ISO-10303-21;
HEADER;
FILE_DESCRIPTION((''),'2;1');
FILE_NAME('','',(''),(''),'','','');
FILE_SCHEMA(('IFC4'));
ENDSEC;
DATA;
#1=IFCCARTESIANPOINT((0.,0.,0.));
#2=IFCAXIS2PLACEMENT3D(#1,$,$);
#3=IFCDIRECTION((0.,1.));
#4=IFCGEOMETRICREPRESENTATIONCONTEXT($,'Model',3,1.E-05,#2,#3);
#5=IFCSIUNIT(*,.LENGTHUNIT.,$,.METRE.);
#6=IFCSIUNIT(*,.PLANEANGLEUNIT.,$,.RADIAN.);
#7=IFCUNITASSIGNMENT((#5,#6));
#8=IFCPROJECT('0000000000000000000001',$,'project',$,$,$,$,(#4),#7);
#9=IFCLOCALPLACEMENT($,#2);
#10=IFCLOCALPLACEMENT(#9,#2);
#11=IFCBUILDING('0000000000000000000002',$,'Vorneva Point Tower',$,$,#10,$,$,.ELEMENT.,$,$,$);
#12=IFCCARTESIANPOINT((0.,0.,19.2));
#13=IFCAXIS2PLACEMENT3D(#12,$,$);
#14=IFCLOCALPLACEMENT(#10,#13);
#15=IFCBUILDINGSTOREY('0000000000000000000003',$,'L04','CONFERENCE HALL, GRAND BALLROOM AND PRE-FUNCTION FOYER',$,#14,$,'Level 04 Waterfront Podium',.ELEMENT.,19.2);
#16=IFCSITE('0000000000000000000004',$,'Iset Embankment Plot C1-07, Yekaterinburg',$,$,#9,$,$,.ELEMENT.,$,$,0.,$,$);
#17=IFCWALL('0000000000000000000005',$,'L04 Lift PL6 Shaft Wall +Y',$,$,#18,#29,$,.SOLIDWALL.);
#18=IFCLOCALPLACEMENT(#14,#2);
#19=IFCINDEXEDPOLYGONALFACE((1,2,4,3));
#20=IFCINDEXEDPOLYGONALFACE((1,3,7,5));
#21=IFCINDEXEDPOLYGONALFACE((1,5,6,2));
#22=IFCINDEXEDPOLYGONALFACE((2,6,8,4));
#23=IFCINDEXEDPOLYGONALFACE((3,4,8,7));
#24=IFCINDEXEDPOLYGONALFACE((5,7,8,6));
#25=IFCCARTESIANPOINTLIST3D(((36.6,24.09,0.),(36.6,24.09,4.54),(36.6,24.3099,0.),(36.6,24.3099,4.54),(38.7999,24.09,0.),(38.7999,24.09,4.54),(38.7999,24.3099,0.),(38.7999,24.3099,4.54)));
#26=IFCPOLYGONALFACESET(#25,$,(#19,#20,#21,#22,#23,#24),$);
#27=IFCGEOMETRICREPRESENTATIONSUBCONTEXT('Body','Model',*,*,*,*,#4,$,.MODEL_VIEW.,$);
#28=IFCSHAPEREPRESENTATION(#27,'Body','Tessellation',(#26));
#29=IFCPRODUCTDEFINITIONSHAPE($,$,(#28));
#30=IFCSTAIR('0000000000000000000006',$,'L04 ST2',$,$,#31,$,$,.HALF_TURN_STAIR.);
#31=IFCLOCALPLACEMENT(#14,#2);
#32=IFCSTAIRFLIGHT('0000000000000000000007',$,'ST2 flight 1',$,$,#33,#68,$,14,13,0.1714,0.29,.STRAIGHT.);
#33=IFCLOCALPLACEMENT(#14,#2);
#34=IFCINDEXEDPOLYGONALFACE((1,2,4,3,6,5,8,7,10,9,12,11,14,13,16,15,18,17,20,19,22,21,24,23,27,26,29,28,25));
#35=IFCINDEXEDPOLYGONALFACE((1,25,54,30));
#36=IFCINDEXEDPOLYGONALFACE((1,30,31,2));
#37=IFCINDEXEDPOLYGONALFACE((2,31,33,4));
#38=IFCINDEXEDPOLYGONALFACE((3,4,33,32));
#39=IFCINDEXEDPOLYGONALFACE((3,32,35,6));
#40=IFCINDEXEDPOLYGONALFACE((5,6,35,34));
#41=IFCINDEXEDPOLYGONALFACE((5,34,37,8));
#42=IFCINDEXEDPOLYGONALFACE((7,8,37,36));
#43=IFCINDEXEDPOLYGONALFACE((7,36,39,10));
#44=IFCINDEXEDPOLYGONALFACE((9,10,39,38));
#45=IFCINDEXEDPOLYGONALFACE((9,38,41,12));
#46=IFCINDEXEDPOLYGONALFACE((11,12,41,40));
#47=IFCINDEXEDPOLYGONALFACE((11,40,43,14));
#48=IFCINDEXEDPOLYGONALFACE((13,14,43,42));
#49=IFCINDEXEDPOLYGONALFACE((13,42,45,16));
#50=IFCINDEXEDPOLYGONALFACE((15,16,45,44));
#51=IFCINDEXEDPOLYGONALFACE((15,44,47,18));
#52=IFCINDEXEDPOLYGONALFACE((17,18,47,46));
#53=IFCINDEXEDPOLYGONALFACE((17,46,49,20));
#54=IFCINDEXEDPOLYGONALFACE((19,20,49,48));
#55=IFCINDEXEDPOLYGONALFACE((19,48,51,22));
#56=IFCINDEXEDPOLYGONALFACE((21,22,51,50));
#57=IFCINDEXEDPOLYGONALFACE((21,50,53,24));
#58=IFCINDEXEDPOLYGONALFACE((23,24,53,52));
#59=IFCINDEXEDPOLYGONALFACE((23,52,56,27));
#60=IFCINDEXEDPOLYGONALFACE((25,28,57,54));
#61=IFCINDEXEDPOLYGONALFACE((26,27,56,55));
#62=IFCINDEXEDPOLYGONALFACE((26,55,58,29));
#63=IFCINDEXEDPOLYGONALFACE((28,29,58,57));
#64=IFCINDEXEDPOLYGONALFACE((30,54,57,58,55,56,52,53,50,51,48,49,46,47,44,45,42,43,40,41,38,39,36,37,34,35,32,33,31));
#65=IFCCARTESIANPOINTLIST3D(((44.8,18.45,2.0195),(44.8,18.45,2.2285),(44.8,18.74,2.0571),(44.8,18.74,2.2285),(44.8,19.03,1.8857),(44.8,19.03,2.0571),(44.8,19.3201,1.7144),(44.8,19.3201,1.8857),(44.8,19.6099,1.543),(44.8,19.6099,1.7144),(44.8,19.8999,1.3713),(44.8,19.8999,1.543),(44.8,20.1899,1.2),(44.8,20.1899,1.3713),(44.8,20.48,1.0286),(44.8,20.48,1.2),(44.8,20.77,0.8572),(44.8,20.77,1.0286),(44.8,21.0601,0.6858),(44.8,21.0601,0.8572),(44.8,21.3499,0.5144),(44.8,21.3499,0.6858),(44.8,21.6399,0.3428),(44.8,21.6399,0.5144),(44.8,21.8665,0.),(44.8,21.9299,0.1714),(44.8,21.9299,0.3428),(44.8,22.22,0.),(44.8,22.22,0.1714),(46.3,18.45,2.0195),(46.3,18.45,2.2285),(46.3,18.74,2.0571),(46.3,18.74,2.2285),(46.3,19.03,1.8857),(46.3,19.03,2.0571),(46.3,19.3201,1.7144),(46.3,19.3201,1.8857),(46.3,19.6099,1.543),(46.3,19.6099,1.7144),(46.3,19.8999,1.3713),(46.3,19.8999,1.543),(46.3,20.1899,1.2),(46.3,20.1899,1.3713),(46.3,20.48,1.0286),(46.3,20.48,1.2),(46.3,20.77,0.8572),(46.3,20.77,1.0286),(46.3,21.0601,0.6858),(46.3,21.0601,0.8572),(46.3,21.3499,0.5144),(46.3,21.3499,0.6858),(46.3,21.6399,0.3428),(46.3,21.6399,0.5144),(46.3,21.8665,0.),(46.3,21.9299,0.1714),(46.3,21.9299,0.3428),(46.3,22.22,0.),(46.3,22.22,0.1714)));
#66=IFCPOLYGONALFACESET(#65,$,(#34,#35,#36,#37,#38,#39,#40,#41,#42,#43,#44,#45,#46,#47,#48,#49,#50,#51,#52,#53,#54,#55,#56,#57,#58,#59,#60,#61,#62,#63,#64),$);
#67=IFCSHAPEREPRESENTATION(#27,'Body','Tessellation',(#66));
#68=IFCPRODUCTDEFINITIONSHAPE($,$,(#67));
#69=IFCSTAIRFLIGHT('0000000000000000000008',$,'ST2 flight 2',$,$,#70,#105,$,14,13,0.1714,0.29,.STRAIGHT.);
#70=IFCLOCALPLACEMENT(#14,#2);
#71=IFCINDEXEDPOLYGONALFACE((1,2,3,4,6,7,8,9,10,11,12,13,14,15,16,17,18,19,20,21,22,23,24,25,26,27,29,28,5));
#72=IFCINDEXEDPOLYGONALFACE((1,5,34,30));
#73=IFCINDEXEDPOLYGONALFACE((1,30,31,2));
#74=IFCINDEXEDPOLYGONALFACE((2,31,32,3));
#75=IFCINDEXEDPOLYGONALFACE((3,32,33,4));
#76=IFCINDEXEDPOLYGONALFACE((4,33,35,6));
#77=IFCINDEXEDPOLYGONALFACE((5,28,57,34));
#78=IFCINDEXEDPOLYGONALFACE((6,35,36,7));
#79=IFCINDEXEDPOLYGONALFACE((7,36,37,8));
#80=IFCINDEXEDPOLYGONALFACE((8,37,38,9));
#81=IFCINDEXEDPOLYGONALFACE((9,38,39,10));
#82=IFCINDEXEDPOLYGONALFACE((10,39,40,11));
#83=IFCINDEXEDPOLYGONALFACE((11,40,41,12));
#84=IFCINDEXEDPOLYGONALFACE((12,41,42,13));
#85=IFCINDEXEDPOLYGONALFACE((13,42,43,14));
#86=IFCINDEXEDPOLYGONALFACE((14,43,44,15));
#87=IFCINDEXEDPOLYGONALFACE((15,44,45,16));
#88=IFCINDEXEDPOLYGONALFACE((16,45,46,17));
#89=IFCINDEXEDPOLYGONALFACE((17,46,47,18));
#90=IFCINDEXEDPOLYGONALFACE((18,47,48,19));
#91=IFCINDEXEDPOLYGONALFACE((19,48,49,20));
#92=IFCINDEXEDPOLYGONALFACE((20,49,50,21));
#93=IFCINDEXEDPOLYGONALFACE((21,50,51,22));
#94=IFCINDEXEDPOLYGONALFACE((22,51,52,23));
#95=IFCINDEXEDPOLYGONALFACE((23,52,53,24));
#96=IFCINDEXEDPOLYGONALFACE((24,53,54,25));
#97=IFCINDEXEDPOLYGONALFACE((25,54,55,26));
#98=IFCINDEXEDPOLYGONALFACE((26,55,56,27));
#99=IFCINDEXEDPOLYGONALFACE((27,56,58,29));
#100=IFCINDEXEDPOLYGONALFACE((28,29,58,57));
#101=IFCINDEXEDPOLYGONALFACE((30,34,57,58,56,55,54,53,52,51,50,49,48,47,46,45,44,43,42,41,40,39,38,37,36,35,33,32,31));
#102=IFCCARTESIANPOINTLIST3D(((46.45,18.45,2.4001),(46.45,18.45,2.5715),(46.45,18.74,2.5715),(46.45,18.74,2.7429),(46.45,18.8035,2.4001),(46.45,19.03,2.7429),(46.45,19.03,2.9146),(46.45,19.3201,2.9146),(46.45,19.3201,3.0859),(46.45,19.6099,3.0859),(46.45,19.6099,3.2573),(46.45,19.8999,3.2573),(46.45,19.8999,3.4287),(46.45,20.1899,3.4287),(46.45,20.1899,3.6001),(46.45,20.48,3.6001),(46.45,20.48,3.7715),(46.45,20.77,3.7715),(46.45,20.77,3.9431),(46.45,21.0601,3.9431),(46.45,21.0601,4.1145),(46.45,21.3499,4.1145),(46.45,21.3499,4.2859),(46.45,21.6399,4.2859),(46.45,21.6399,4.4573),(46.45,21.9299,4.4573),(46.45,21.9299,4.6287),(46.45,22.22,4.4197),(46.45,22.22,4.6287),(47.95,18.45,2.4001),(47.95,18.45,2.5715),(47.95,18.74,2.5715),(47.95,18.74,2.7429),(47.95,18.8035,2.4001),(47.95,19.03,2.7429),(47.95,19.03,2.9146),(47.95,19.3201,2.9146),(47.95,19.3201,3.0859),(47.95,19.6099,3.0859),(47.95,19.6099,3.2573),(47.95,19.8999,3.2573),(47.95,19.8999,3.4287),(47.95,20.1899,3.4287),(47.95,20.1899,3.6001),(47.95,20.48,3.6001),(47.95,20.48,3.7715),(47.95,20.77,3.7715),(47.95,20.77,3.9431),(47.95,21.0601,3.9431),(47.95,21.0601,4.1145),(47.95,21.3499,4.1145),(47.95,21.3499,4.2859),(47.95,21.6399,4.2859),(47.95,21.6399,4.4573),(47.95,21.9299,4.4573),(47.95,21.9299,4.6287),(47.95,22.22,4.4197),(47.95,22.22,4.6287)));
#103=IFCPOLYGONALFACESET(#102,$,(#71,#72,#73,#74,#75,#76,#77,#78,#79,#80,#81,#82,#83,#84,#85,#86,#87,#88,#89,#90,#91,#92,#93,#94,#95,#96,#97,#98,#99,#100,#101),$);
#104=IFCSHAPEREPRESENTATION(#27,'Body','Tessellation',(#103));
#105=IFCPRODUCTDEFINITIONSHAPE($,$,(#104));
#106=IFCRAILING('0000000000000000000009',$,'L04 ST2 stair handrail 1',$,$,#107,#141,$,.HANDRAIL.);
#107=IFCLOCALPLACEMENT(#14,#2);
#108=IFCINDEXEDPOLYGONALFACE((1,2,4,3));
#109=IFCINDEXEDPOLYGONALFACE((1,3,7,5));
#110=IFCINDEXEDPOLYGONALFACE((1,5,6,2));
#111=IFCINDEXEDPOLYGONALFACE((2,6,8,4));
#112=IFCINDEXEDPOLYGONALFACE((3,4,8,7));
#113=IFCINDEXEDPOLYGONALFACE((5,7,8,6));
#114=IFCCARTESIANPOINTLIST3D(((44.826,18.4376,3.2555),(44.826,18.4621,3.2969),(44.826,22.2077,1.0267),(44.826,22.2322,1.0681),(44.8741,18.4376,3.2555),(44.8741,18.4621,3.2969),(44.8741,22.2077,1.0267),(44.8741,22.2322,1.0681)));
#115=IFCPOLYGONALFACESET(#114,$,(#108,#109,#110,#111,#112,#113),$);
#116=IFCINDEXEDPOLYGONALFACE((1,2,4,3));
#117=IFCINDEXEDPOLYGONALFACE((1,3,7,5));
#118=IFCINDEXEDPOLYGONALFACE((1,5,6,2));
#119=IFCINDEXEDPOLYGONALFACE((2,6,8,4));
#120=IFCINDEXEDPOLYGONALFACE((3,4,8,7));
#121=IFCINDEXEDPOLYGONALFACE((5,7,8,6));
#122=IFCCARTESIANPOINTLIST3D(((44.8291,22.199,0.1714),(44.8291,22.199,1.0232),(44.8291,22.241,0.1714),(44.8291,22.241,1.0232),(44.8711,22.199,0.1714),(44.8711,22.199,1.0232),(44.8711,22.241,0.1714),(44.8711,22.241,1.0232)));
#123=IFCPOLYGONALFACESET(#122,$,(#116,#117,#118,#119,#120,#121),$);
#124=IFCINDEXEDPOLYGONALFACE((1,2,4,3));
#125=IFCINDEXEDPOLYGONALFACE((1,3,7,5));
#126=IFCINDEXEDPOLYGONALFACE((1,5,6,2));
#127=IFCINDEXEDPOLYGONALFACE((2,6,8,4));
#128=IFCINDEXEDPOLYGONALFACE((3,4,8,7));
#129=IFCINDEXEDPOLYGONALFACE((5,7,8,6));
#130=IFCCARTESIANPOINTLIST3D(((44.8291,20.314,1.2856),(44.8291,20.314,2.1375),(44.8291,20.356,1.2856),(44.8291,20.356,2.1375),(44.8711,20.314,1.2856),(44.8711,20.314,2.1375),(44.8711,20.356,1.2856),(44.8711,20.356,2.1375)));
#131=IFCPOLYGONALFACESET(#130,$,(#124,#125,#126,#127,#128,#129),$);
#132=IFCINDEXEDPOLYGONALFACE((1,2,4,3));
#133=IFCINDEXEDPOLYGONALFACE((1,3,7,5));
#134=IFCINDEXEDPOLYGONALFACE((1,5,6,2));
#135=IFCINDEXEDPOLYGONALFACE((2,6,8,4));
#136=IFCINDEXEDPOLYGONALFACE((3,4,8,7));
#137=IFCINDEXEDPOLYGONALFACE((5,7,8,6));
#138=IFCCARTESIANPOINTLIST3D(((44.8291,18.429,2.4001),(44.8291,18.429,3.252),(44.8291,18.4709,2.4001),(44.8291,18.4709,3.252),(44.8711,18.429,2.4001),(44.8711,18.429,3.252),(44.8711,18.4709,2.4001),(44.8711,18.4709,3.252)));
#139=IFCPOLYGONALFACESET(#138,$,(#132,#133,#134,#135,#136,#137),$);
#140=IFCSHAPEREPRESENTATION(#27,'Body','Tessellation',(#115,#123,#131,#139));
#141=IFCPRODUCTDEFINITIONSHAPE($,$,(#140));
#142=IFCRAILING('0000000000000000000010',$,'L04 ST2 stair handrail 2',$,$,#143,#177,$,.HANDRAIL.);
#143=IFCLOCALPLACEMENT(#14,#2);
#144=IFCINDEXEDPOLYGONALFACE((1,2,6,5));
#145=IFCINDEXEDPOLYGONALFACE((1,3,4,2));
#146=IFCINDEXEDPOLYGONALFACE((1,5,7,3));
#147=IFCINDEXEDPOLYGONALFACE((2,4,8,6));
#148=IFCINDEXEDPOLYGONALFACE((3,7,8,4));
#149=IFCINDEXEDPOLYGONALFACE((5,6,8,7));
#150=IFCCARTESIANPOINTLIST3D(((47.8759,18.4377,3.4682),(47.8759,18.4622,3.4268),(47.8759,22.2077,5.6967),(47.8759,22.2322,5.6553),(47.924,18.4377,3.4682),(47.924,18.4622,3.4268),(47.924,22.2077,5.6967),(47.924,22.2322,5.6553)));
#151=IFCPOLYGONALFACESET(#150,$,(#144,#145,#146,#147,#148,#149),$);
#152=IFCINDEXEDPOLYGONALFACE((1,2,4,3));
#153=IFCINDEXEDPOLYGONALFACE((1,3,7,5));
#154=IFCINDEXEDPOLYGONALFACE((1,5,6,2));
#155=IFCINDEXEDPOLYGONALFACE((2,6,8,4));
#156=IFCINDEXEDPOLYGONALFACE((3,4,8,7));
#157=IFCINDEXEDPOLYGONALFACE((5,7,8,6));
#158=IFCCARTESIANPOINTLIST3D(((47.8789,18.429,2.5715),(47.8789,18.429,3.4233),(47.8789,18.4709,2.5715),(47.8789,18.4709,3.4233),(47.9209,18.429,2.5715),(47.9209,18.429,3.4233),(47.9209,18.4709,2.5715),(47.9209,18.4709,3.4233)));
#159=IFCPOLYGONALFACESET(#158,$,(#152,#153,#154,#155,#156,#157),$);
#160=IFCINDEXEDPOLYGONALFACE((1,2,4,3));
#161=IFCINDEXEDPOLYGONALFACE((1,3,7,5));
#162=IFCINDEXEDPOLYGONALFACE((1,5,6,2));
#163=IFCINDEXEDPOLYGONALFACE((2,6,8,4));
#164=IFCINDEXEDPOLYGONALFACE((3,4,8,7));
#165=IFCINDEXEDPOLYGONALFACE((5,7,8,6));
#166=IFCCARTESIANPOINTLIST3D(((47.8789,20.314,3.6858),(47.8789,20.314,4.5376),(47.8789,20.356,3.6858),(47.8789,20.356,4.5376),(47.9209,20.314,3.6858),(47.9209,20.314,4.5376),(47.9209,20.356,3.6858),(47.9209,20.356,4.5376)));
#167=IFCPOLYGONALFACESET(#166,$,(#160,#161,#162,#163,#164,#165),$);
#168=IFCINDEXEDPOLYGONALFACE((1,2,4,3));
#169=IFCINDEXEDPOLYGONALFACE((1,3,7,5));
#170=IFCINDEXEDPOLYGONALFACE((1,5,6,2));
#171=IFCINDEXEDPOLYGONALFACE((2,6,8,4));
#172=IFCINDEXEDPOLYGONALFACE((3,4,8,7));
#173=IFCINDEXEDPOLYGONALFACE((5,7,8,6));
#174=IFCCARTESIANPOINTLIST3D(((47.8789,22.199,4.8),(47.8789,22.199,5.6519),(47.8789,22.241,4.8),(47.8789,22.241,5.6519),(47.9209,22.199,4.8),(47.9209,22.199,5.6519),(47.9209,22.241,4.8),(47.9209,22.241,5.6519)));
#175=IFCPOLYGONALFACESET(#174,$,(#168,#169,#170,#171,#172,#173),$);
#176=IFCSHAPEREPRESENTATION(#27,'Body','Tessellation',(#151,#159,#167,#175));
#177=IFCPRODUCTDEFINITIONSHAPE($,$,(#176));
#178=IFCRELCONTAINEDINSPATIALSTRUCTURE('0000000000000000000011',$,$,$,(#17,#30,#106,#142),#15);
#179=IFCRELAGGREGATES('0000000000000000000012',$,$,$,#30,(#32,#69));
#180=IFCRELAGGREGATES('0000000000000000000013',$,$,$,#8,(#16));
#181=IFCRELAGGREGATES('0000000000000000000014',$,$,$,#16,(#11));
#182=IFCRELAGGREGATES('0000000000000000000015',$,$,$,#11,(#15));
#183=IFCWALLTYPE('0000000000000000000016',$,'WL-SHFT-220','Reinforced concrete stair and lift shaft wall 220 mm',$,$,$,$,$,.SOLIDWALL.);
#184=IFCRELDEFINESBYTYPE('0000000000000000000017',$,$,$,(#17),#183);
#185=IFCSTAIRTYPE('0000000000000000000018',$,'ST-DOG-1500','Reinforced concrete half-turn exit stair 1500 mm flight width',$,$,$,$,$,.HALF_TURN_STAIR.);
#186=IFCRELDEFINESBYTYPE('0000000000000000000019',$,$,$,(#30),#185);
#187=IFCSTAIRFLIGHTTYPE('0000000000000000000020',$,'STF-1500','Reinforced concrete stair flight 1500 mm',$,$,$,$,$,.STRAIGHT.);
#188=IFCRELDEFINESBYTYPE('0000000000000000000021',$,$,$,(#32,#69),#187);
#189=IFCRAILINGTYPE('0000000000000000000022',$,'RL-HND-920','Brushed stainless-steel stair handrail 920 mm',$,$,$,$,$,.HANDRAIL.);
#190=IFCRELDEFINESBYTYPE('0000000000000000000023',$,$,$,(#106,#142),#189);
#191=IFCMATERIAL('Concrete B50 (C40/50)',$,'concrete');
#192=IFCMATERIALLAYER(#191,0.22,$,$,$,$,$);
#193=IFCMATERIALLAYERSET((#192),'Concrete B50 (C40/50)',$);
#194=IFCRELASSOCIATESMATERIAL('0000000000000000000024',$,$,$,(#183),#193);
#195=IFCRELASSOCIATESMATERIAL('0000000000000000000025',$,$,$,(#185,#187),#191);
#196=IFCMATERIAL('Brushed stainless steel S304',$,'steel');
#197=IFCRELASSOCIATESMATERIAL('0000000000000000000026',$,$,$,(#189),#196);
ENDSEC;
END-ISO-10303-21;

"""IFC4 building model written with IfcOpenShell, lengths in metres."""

from ifc_helpers import new_model, si_unit, direction, frame, frame_2d, origin, origin_2d, place, context, subcontext, project, spatial, polyline, rectangle, outline, extrude, material, layer, layer_set, type_object, element, aggregate, save


model = new_model("IFC4")

# Units and contexts
model_context = context("Model", 3, precision=1e-05, world=origin(), true_north=direction((0.0, 1.0)))
body_context = subcontext(model_context, "Body", "Model", "MODEL_VIEW")
ifc_project = project(units=[si_unit("LENGTHUNIT", "METRE"), si_unit("PLANEANGLEUNIT", "RADIAN")], contexts=[model_context])

# Site, building, storey
site_placement = place(None, origin())
site = spatial("IfcSite", under=ifc_project, at=site_placement, Name="Iset Embankment Plot C1-07, Yekaterinburg", CompositionType="ELEMENT", RefElevation=0.0)
building_placement = place(site_placement, origin())
building = spatial("IfcBuilding", under=site, at=building_placement, Name="Vorneva Point Tower", CompositionType="ELEMENT")
storey_placement = place(building_placement, frame((0.0, 0.0, 19.2)))
storey = spatial("IfcBuildingStorey", under=building, at=storey_placement, Name="L04", Description="CONFERENCE HALL, GRAND BALLROOM AND PRE-FUNCTION FOYER", LongName="Level 04 Waterfront Podium", CompositionType="ELEMENT", Elevation=19.2)

# Shared definitions
ifc_material_1 = material(Name="Concrete B50 (C40/50)", Category="concrete")
ifc_layer_1 = layer(ifc_material_1, 0.22)
ifc_layer_set_1 = layer_set([ifc_layer_1], Name="Concrete B50 (C40/50)")
wall_type_1 = type_object("IfcWallType", Name="WL-SHFT-220", Description="Reinforced concrete stair and lift shaft wall 220 mm", PredefinedType="SOLIDWALL", material=ifc_layer_set_1)

# Wall
wall_1_placement = place(storey_placement, frame((38.8, 24.2, 0.0), z_axis=(0.0, 0.0, 1.0), x_axis=(-1.0, 0.0, 0.0)))
element("IfcWall", 1, at=wall_1_placement, inside=storey, type_object=wall_type_1, Name="L04 Lift PL6 Shaft Wall +Y", PredefinedType="SOLIDWALL", context=body_context, shape_type="SweptSolid", body=[
    extrude(rectangle(XDim=2.2, YDim=0.22, at=frame_2d((1.1001, 0.0))), origin(), (0.0, 0.0, 1.0), 4.54),
])

# Stair, stair flights
stair_type = type_object("IfcStairType", Name="ST-DOG-1500", Description="Reinforced concrete half-turn exit stair 1500 mm flight width", PredefinedType="HALF_TURN_STAIR", material=ifc_material_1)
stair_placement = place(storey_placement, origin())
stair = element("IfcStair", 2, at=stair_placement, inside=storey, type_object=stair_type, Name="L04 ST2", PredefinedType="HALF_TURN_STAIR")
stair_flight_type = type_object("IfcStairFlightType", Name="STF-1500", Description="Reinforced concrete stair flight 1500 mm", PredefinedType="STRAIGHT", material=ifc_material_1)
stair_flight_1_placement = place(storey_placement, frame((45.55, 22.22, 0.0), z_axis=(0.0, 0.0, 1.0), x_axis=(0.0, -1.0, 0.0)))
stair_flight_1 = element("IfcStairFlight", 3, at=stair_flight_1_placement, type_object=stair_flight_type, Name="ST2 flight 1", NumberOfRisers=14, NumberOfTreads=13, PredefinedType="STRAIGHT", RiserHeight=0.1714, TreadLength=0.29, context=body_context, shape_type="SweptSolid", body=[
    extrude(outline(polyline([(0.0, 0.0), (0.0, 0.1714), (0.29, 0.1714), (0.29, 0.3428), (0.5801, 0.3428), (0.5801, 0.5144), (0.8701, 0.5144), (0.8701, 0.6858), (1.1599, 0.6858), (1.1599, 0.8572), (1.45, 0.8572), (1.45, 1.0286), (1.74, 1.0286), (1.74, 1.2), (2.03, 1.2), (2.03, 1.3713), (2.3201, 1.3713), (2.3201, 1.543), (2.6101, 1.543), (2.6101, 1.7144), (2.8999, 1.7144), (2.8999, 1.8857), (3.1899, 1.8857), (3.1899, 2.0571), (3.48, 2.0571), (3.48, 2.2285), (3.77, 2.2285), (3.77, 2.3999), (3.77, 2.0195), (0.3535, 0.0), (0.0, 0.0)])), frame((0.0, 0.75, 0.0), z_axis=(0.0, -1.0, 0.0), x_axis=(1.0, 0.0, 0.0)), (0.0, 0.0, 1.0), 1.5),
])
stair_flight_2_placement = place(storey_placement, frame((47.2, 18.45, 2.4001), z_axis=(0.0, 0.0, 1.0), x_axis=(0.0, 1.0, 0.0)))
stair_flight_2 = element("IfcStairFlight", 4, at=stair_flight_2_placement, type_object=stair_flight_type, Name="ST2 flight 2", NumberOfRisers=14, NumberOfTreads=13, PredefinedType="STRAIGHT", RiserHeight=0.1714, TreadLength=0.29, context=body_context, shape_type="SweptSolid", body=[
    extrude(outline(polyline([(0.0, 0.0), (0.0, 0.1714), (0.29, 0.1714), (0.29, 0.3428), (0.5801, 0.3428), (0.5801, 0.5144), (0.8701, 0.5144), (0.8701, 0.6858), (1.1599, 0.6858), (1.1599, 0.8572), (1.45, 0.8572), (1.45, 1.0286), (1.74, 1.0286), (1.74, 1.2), (2.03, 1.2), (2.03, 1.3713), (2.3201, 1.3713), (2.3201, 1.543), (2.6101, 1.543), (2.6101, 1.7144), (2.8999, 1.7144), (2.8999, 1.8857), (3.1899, 1.8857), (3.1899, 2.0571), (3.48, 2.0571), (3.48, 2.2285), (3.77, 2.2285), (3.77, 2.3999), (3.77, 2.0195), (0.3535, 0.0), (0.0, 0.0)])), frame((0.0, 0.75, 0.0), z_axis=(0.0, -1.0, 0.0), x_axis=(1.0, 0.0, 0.0)), (0.0, 0.0, 1.0), 1.5),
])
aggregate(stair, [stair_flight_1, stair_flight_2])

# Railings
ifc_material_2 = material(Name="Brushed stainless steel S304", Category="steel")
railing_type_1 = type_object("IfcRailingType", Name="RL-HND-920", Description="Brushed stainless-steel stair handrail 920 mm", PredefinedType="HANDRAIL", material=ifc_material_2)
railing_1_placement = place(storey_placement, frame((44.8501, 22.22, 0.1714)))
element("IfcRailing", 5, at=railing_1_placement, inside=storey, type_object=railing_type_1, Name="L04 ST2 stair handrail 1", PredefinedType="HANDRAIL", context=body_context, shape_type="SweptSolid", body=[
    extrude(rectangle(XDim=0.0481, YDim=0.0481, at=origin_2d()), frame((0.0, 0.0, 0.876), z_axis=(0.0, -0.860824, 0.508902), x_axis=(1.0, 0.0, 0.0)), (0.0, 0.0, 1.0), 4.3796),
    extrude(rectangle(XDim=0.042, YDim=0.042, at=origin_2d()), origin(), (0.0, 0.0, 1.0), 0.8518),
    extrude(rectangle(XDim=0.042, YDim=0.042, at=origin_2d()), frame((0.0, -1.885, 1.1143)), (0.0, 0.0, 1.0), 0.8518),
    extrude(rectangle(XDim=0.042, YDim=0.042, at=origin_2d()), frame((0.0, -3.77, 2.2288)), (0.0, 0.0, 1.0), 0.8518),
])
railing_2_placement = place(storey_placement, frame((47.8999, 18.45, 2.5715)))
element("IfcRailing", 6, at=railing_2_placement, inside=storey, type_object=railing_type_1, Name="L04 ST2 stair handrail 2", PredefinedType="HANDRAIL", context=body_context, shape_type="SweptSolid", body=[
    extrude(rectangle(XDim=0.0481, YDim=0.0481, at=origin_2d()), frame((0.0, 0.0, 0.876), z_axis=(0.0, 0.860849, 0.508861), x_axis=(-1.0, 0.0, 0.0)), (0.0, 0.0, 1.0), 4.3794),
    extrude(rectangle(XDim=0.042, YDim=0.042, at=origin_2d()), origin(), (0.0, 0.0, 1.0), 0.8518),
    extrude(rectangle(XDim=0.042, YDim=0.042, at=origin_2d()), frame((0.0, 1.885, 1.1143)), (0.0, 0.0, 1.0), 0.8518),
    extrude(rectangle(XDim=0.042, YDim=0.042, at=origin_2d()), frame((0.0, 3.77, 2.2285)), (0.0, 0.0, 1.0), 0.8518),
])

save(model, "model.ifc")
